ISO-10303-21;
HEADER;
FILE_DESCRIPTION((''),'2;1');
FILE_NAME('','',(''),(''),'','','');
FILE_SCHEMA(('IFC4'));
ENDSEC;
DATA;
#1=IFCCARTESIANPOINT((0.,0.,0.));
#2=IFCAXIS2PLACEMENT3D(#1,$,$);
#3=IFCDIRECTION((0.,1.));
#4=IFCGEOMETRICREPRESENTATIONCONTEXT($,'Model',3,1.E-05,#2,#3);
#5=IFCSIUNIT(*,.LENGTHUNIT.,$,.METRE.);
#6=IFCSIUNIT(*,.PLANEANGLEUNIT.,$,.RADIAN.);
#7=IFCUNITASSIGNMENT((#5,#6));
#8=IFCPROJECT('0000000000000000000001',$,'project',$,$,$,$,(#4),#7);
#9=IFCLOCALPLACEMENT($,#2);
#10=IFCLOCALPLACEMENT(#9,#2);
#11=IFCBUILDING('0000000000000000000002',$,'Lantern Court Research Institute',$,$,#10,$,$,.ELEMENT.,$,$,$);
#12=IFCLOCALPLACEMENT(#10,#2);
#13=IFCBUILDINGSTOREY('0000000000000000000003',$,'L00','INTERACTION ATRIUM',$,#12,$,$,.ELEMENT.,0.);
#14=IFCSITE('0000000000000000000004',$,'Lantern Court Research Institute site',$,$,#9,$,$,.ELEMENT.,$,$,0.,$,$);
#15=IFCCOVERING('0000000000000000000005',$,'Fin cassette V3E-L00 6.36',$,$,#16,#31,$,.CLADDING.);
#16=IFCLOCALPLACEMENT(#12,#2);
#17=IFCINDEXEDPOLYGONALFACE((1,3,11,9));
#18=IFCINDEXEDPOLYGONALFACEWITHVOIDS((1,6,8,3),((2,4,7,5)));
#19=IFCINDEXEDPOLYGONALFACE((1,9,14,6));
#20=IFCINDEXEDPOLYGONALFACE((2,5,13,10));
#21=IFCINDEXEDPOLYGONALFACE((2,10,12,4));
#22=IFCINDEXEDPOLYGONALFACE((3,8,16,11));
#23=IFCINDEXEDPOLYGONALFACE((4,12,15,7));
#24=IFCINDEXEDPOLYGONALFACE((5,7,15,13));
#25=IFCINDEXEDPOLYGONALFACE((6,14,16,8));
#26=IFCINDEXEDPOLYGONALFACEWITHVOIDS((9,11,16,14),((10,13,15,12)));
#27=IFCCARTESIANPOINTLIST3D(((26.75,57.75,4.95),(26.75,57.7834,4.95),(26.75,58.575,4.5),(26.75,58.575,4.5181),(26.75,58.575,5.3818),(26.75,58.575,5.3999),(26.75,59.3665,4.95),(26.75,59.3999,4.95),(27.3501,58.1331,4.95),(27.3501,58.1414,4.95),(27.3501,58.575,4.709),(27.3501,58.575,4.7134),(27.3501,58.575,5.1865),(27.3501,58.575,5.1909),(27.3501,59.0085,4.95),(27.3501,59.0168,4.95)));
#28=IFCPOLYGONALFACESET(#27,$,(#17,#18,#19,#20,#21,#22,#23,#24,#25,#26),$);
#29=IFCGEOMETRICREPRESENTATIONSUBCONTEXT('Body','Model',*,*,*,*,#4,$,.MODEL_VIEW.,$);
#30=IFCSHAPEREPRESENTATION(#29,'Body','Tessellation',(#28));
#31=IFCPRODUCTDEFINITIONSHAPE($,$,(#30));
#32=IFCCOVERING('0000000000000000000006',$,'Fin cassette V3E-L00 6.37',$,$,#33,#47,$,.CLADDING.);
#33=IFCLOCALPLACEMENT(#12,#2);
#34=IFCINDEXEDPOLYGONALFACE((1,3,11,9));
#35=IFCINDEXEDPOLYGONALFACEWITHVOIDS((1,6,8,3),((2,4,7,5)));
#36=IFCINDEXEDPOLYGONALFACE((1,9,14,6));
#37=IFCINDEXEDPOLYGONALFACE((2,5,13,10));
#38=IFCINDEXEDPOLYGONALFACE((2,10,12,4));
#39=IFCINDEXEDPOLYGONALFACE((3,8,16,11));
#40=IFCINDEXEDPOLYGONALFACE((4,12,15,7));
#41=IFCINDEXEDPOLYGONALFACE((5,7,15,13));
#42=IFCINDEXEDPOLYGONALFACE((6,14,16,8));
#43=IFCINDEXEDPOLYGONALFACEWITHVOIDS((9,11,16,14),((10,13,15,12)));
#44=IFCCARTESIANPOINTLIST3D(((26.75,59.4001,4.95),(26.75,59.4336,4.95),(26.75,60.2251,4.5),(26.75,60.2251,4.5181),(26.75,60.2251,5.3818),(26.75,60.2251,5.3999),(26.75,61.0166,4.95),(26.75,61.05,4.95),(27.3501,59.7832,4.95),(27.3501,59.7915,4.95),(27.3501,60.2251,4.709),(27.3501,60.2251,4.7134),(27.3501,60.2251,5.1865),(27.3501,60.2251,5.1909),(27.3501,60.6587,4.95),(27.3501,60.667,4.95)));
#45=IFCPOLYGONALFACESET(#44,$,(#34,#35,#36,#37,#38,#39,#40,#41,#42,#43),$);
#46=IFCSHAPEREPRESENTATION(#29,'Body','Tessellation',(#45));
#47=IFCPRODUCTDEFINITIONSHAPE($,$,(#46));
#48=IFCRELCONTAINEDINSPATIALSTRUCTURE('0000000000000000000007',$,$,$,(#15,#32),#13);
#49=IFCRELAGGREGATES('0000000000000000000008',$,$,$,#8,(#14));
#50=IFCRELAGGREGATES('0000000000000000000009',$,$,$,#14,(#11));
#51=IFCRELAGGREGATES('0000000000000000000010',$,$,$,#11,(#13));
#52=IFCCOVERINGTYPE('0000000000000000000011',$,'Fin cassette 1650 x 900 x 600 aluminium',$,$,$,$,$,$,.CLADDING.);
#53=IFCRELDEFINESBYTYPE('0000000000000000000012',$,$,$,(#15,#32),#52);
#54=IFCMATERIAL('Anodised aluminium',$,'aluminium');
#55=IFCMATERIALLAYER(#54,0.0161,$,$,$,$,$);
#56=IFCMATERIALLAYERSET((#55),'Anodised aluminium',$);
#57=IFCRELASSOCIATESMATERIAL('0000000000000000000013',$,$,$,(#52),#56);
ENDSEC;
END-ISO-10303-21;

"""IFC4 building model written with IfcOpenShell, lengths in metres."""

from ifc_helpers import new_model, entity, si_unit, direction, frame, origin, place, context, subcontext, project, spatial, material, layer, layer_set, type_object, element, save


model = new_model("IFC4")

# Units and contexts
model_context = context("Model", 3, precision=1e-05, world=origin(), true_north=direction((0.0, 1.0)))
body_context = subcontext(model_context, "Body", "Model", "MODEL_VIEW")
ifc_project = project(units=[si_unit("LENGTHUNIT", "METRE"), si_unit("PLANEANGLEUNIT", "RADIAN")], contexts=[model_context])

# Site, building, storey
site_placement = place(None, origin())
site = spatial("IfcSite", under=ifc_project, at=site_placement, Name="Lantern Court Research Institute site", CompositionType="ELEMENT", RefElevation=0.0)
building_placement = place(site_placement, origin())
building = spatial("IfcBuilding", under=site, at=building_placement, Name="Lantern Court Research Institute", CompositionType="ELEMENT")
storey_placement = place(building_placement, origin())
storey = spatial("IfcBuildingStorey", under=building, at=storey_placement, Name="L00", Description="INTERACTION ATRIUM", CompositionType="ELEMENT", Elevation=0.0)

# Coverings
ifc_material_1 = material(Name="Anodised aluminium", Category="aluminium")
ifc_layer_1 = layer(ifc_material_1, 0.0161)
ifc_layer_set_1 = layer_set([ifc_layer_1], Name="Anodised aluminium")
covering_type_1 = type_object("IfcCoveringType", Name="Fin cassette 1650 x 900 x 600 aluminium", PredefinedType="CLADDING", material=ifc_layer_set_1)
covering_1_placement = place(storey_placement, frame((26.75, 58.575, 4.95), z_axis=(1.0, 0.0, 0.0), x_axis=(0.0, 1.0, 0.0)))
cartesian_point_1 = entity("IfcCartesianPoint", [0.825, 0.0])
cartesian_point_2 = entity("IfcCartesianPoint", [0.7915, 0.0])
cartesian_point_3 = entity("IfcCartesianPoint", [0.4419, 0.0])
cartesian_point_4 = entity("IfcCartesianPoint", [0.4336, 0.0])
element("IfcCovering", 1, at=covering_1_placement, inside=storey, type_object=covering_type_1, Name="Fin cassette V3E-L00 6.36", PredefinedType="CLADDING", context=body_context, shape_type="SweptSolid", body=[
    entity("IfcExtrudedAreaSolidTapered", entity("IfcArbitraryProfileDefWithVoids", "AREA", None, entity("IfcPolyline", [cartesian_point_1, entity("IfcCartesianPoint", [0.0, 0.45]), entity("IfcCartesianPoint", [-0.825, 0.0]), entity("IfcCartesianPoint", [0.0, -0.45]), cartesian_point_1]), [entity("IfcPolyline", [cartesian_point_2, entity("IfcCartesianPoint", [0.0, 0.4319]), entity("IfcCartesianPoint", [-0.7915, 0.0]), entity("IfcCartesianPoint", [0.0, -0.4319]), cartesian_point_2])]), entity("IfcAxis2Placement3D", entity("IfcCartesianPoint", [0.0, 0.0, 0.0])), entity("IfcDirection", [0.0, 0.0, 1.0]), 0.6001, entity("IfcArbitraryProfileDefWithVoids", "AREA", None, entity("IfcPolyline", [cartesian_point_3, entity("IfcCartesianPoint", [0.0, 0.241]), entity("IfcCartesianPoint", [-0.4419, 0.0]), entity("IfcCartesianPoint", [0.0, -0.241]), cartesian_point_3]), [entity("IfcPolyline", [cartesian_point_4, entity("IfcCartesianPoint", [0.0, 0.2366]), entity("IfcCartesianPoint", [-0.4336, 0.0]), entity("IfcCartesianPoint", [0.0, -0.2366]), cartesian_point_4])])),
])
covering_2_placement = place(storey_placement, frame((26.75, 60.2251, 4.95), z_axis=(1.0, 0.0, 0.0), x_axis=(0.0, 1.0, 0.0)))
cartesian_point_5 = entity("IfcCartesianPoint", [0.825, 0.0])
cartesian_point_6 = entity("IfcCartesianPoint", [0.7915, 0.0])
cartesian_point_7 = entity("IfcCartesianPoint", [0.4419, 0.0])
cartesian_point_8 = entity("IfcCartesianPoint", [0.4336, 0.0])
element("IfcCovering", 2, at=covering_2_placement, inside=storey, type_object=covering_type_1, Name="Fin cassette V3E-L00 6.37", PredefinedType="CLADDING", context=body_context, shape_type="SweptSolid", body=[
    entity("IfcExtrudedAreaSolidTapered", entity("IfcArbitraryProfileDefWithVoids", "AREA", None, entity("IfcPolyline", [cartesian_point_5, entity("IfcCartesianPoint", [0.0, 0.45]), entity("IfcCartesianPoint", [-0.825, 0.0]), entity("IfcCartesianPoint", [0.0, -0.45]), cartesian_point_5]), [entity("IfcPolyline", [cartesian_point_6, entity("IfcCartesianPoint", [0.0, 0.4319]), entity("IfcCartesianPoint", [-0.7915, 0.0]), entity("IfcCartesianPoint", [0.0, -0.4319]), cartesian_point_6])]), entity("IfcAxis2Placement3D", entity("IfcCartesianPoint", [0.0, 0.0, 0.0])), entity("IfcDirection", [0.0, 0.0, 1.0]), 0.6001, entity("IfcArbitraryProfileDefWithVoids", "AREA", None, entity("IfcPolyline", [cartesian_point_7, entity("IfcCartesianPoint", [0.0, 0.241]), entity("IfcCartesianPoint", [-0.4419, 0.0]), entity("IfcCartesianPoint", [0.0, -0.241]), cartesian_point_7]), [entity("IfcPolyline", [cartesian_point_8, entity("IfcCartesianPoint", [0.0, 0.2366]), entity("IfcCartesianPoint", [-0.4336, 0.0]), entity("IfcCartesianPoint", [0.0, -0.2366]), cartesian_point_8])])),
])

save(model, "model.ifc")
